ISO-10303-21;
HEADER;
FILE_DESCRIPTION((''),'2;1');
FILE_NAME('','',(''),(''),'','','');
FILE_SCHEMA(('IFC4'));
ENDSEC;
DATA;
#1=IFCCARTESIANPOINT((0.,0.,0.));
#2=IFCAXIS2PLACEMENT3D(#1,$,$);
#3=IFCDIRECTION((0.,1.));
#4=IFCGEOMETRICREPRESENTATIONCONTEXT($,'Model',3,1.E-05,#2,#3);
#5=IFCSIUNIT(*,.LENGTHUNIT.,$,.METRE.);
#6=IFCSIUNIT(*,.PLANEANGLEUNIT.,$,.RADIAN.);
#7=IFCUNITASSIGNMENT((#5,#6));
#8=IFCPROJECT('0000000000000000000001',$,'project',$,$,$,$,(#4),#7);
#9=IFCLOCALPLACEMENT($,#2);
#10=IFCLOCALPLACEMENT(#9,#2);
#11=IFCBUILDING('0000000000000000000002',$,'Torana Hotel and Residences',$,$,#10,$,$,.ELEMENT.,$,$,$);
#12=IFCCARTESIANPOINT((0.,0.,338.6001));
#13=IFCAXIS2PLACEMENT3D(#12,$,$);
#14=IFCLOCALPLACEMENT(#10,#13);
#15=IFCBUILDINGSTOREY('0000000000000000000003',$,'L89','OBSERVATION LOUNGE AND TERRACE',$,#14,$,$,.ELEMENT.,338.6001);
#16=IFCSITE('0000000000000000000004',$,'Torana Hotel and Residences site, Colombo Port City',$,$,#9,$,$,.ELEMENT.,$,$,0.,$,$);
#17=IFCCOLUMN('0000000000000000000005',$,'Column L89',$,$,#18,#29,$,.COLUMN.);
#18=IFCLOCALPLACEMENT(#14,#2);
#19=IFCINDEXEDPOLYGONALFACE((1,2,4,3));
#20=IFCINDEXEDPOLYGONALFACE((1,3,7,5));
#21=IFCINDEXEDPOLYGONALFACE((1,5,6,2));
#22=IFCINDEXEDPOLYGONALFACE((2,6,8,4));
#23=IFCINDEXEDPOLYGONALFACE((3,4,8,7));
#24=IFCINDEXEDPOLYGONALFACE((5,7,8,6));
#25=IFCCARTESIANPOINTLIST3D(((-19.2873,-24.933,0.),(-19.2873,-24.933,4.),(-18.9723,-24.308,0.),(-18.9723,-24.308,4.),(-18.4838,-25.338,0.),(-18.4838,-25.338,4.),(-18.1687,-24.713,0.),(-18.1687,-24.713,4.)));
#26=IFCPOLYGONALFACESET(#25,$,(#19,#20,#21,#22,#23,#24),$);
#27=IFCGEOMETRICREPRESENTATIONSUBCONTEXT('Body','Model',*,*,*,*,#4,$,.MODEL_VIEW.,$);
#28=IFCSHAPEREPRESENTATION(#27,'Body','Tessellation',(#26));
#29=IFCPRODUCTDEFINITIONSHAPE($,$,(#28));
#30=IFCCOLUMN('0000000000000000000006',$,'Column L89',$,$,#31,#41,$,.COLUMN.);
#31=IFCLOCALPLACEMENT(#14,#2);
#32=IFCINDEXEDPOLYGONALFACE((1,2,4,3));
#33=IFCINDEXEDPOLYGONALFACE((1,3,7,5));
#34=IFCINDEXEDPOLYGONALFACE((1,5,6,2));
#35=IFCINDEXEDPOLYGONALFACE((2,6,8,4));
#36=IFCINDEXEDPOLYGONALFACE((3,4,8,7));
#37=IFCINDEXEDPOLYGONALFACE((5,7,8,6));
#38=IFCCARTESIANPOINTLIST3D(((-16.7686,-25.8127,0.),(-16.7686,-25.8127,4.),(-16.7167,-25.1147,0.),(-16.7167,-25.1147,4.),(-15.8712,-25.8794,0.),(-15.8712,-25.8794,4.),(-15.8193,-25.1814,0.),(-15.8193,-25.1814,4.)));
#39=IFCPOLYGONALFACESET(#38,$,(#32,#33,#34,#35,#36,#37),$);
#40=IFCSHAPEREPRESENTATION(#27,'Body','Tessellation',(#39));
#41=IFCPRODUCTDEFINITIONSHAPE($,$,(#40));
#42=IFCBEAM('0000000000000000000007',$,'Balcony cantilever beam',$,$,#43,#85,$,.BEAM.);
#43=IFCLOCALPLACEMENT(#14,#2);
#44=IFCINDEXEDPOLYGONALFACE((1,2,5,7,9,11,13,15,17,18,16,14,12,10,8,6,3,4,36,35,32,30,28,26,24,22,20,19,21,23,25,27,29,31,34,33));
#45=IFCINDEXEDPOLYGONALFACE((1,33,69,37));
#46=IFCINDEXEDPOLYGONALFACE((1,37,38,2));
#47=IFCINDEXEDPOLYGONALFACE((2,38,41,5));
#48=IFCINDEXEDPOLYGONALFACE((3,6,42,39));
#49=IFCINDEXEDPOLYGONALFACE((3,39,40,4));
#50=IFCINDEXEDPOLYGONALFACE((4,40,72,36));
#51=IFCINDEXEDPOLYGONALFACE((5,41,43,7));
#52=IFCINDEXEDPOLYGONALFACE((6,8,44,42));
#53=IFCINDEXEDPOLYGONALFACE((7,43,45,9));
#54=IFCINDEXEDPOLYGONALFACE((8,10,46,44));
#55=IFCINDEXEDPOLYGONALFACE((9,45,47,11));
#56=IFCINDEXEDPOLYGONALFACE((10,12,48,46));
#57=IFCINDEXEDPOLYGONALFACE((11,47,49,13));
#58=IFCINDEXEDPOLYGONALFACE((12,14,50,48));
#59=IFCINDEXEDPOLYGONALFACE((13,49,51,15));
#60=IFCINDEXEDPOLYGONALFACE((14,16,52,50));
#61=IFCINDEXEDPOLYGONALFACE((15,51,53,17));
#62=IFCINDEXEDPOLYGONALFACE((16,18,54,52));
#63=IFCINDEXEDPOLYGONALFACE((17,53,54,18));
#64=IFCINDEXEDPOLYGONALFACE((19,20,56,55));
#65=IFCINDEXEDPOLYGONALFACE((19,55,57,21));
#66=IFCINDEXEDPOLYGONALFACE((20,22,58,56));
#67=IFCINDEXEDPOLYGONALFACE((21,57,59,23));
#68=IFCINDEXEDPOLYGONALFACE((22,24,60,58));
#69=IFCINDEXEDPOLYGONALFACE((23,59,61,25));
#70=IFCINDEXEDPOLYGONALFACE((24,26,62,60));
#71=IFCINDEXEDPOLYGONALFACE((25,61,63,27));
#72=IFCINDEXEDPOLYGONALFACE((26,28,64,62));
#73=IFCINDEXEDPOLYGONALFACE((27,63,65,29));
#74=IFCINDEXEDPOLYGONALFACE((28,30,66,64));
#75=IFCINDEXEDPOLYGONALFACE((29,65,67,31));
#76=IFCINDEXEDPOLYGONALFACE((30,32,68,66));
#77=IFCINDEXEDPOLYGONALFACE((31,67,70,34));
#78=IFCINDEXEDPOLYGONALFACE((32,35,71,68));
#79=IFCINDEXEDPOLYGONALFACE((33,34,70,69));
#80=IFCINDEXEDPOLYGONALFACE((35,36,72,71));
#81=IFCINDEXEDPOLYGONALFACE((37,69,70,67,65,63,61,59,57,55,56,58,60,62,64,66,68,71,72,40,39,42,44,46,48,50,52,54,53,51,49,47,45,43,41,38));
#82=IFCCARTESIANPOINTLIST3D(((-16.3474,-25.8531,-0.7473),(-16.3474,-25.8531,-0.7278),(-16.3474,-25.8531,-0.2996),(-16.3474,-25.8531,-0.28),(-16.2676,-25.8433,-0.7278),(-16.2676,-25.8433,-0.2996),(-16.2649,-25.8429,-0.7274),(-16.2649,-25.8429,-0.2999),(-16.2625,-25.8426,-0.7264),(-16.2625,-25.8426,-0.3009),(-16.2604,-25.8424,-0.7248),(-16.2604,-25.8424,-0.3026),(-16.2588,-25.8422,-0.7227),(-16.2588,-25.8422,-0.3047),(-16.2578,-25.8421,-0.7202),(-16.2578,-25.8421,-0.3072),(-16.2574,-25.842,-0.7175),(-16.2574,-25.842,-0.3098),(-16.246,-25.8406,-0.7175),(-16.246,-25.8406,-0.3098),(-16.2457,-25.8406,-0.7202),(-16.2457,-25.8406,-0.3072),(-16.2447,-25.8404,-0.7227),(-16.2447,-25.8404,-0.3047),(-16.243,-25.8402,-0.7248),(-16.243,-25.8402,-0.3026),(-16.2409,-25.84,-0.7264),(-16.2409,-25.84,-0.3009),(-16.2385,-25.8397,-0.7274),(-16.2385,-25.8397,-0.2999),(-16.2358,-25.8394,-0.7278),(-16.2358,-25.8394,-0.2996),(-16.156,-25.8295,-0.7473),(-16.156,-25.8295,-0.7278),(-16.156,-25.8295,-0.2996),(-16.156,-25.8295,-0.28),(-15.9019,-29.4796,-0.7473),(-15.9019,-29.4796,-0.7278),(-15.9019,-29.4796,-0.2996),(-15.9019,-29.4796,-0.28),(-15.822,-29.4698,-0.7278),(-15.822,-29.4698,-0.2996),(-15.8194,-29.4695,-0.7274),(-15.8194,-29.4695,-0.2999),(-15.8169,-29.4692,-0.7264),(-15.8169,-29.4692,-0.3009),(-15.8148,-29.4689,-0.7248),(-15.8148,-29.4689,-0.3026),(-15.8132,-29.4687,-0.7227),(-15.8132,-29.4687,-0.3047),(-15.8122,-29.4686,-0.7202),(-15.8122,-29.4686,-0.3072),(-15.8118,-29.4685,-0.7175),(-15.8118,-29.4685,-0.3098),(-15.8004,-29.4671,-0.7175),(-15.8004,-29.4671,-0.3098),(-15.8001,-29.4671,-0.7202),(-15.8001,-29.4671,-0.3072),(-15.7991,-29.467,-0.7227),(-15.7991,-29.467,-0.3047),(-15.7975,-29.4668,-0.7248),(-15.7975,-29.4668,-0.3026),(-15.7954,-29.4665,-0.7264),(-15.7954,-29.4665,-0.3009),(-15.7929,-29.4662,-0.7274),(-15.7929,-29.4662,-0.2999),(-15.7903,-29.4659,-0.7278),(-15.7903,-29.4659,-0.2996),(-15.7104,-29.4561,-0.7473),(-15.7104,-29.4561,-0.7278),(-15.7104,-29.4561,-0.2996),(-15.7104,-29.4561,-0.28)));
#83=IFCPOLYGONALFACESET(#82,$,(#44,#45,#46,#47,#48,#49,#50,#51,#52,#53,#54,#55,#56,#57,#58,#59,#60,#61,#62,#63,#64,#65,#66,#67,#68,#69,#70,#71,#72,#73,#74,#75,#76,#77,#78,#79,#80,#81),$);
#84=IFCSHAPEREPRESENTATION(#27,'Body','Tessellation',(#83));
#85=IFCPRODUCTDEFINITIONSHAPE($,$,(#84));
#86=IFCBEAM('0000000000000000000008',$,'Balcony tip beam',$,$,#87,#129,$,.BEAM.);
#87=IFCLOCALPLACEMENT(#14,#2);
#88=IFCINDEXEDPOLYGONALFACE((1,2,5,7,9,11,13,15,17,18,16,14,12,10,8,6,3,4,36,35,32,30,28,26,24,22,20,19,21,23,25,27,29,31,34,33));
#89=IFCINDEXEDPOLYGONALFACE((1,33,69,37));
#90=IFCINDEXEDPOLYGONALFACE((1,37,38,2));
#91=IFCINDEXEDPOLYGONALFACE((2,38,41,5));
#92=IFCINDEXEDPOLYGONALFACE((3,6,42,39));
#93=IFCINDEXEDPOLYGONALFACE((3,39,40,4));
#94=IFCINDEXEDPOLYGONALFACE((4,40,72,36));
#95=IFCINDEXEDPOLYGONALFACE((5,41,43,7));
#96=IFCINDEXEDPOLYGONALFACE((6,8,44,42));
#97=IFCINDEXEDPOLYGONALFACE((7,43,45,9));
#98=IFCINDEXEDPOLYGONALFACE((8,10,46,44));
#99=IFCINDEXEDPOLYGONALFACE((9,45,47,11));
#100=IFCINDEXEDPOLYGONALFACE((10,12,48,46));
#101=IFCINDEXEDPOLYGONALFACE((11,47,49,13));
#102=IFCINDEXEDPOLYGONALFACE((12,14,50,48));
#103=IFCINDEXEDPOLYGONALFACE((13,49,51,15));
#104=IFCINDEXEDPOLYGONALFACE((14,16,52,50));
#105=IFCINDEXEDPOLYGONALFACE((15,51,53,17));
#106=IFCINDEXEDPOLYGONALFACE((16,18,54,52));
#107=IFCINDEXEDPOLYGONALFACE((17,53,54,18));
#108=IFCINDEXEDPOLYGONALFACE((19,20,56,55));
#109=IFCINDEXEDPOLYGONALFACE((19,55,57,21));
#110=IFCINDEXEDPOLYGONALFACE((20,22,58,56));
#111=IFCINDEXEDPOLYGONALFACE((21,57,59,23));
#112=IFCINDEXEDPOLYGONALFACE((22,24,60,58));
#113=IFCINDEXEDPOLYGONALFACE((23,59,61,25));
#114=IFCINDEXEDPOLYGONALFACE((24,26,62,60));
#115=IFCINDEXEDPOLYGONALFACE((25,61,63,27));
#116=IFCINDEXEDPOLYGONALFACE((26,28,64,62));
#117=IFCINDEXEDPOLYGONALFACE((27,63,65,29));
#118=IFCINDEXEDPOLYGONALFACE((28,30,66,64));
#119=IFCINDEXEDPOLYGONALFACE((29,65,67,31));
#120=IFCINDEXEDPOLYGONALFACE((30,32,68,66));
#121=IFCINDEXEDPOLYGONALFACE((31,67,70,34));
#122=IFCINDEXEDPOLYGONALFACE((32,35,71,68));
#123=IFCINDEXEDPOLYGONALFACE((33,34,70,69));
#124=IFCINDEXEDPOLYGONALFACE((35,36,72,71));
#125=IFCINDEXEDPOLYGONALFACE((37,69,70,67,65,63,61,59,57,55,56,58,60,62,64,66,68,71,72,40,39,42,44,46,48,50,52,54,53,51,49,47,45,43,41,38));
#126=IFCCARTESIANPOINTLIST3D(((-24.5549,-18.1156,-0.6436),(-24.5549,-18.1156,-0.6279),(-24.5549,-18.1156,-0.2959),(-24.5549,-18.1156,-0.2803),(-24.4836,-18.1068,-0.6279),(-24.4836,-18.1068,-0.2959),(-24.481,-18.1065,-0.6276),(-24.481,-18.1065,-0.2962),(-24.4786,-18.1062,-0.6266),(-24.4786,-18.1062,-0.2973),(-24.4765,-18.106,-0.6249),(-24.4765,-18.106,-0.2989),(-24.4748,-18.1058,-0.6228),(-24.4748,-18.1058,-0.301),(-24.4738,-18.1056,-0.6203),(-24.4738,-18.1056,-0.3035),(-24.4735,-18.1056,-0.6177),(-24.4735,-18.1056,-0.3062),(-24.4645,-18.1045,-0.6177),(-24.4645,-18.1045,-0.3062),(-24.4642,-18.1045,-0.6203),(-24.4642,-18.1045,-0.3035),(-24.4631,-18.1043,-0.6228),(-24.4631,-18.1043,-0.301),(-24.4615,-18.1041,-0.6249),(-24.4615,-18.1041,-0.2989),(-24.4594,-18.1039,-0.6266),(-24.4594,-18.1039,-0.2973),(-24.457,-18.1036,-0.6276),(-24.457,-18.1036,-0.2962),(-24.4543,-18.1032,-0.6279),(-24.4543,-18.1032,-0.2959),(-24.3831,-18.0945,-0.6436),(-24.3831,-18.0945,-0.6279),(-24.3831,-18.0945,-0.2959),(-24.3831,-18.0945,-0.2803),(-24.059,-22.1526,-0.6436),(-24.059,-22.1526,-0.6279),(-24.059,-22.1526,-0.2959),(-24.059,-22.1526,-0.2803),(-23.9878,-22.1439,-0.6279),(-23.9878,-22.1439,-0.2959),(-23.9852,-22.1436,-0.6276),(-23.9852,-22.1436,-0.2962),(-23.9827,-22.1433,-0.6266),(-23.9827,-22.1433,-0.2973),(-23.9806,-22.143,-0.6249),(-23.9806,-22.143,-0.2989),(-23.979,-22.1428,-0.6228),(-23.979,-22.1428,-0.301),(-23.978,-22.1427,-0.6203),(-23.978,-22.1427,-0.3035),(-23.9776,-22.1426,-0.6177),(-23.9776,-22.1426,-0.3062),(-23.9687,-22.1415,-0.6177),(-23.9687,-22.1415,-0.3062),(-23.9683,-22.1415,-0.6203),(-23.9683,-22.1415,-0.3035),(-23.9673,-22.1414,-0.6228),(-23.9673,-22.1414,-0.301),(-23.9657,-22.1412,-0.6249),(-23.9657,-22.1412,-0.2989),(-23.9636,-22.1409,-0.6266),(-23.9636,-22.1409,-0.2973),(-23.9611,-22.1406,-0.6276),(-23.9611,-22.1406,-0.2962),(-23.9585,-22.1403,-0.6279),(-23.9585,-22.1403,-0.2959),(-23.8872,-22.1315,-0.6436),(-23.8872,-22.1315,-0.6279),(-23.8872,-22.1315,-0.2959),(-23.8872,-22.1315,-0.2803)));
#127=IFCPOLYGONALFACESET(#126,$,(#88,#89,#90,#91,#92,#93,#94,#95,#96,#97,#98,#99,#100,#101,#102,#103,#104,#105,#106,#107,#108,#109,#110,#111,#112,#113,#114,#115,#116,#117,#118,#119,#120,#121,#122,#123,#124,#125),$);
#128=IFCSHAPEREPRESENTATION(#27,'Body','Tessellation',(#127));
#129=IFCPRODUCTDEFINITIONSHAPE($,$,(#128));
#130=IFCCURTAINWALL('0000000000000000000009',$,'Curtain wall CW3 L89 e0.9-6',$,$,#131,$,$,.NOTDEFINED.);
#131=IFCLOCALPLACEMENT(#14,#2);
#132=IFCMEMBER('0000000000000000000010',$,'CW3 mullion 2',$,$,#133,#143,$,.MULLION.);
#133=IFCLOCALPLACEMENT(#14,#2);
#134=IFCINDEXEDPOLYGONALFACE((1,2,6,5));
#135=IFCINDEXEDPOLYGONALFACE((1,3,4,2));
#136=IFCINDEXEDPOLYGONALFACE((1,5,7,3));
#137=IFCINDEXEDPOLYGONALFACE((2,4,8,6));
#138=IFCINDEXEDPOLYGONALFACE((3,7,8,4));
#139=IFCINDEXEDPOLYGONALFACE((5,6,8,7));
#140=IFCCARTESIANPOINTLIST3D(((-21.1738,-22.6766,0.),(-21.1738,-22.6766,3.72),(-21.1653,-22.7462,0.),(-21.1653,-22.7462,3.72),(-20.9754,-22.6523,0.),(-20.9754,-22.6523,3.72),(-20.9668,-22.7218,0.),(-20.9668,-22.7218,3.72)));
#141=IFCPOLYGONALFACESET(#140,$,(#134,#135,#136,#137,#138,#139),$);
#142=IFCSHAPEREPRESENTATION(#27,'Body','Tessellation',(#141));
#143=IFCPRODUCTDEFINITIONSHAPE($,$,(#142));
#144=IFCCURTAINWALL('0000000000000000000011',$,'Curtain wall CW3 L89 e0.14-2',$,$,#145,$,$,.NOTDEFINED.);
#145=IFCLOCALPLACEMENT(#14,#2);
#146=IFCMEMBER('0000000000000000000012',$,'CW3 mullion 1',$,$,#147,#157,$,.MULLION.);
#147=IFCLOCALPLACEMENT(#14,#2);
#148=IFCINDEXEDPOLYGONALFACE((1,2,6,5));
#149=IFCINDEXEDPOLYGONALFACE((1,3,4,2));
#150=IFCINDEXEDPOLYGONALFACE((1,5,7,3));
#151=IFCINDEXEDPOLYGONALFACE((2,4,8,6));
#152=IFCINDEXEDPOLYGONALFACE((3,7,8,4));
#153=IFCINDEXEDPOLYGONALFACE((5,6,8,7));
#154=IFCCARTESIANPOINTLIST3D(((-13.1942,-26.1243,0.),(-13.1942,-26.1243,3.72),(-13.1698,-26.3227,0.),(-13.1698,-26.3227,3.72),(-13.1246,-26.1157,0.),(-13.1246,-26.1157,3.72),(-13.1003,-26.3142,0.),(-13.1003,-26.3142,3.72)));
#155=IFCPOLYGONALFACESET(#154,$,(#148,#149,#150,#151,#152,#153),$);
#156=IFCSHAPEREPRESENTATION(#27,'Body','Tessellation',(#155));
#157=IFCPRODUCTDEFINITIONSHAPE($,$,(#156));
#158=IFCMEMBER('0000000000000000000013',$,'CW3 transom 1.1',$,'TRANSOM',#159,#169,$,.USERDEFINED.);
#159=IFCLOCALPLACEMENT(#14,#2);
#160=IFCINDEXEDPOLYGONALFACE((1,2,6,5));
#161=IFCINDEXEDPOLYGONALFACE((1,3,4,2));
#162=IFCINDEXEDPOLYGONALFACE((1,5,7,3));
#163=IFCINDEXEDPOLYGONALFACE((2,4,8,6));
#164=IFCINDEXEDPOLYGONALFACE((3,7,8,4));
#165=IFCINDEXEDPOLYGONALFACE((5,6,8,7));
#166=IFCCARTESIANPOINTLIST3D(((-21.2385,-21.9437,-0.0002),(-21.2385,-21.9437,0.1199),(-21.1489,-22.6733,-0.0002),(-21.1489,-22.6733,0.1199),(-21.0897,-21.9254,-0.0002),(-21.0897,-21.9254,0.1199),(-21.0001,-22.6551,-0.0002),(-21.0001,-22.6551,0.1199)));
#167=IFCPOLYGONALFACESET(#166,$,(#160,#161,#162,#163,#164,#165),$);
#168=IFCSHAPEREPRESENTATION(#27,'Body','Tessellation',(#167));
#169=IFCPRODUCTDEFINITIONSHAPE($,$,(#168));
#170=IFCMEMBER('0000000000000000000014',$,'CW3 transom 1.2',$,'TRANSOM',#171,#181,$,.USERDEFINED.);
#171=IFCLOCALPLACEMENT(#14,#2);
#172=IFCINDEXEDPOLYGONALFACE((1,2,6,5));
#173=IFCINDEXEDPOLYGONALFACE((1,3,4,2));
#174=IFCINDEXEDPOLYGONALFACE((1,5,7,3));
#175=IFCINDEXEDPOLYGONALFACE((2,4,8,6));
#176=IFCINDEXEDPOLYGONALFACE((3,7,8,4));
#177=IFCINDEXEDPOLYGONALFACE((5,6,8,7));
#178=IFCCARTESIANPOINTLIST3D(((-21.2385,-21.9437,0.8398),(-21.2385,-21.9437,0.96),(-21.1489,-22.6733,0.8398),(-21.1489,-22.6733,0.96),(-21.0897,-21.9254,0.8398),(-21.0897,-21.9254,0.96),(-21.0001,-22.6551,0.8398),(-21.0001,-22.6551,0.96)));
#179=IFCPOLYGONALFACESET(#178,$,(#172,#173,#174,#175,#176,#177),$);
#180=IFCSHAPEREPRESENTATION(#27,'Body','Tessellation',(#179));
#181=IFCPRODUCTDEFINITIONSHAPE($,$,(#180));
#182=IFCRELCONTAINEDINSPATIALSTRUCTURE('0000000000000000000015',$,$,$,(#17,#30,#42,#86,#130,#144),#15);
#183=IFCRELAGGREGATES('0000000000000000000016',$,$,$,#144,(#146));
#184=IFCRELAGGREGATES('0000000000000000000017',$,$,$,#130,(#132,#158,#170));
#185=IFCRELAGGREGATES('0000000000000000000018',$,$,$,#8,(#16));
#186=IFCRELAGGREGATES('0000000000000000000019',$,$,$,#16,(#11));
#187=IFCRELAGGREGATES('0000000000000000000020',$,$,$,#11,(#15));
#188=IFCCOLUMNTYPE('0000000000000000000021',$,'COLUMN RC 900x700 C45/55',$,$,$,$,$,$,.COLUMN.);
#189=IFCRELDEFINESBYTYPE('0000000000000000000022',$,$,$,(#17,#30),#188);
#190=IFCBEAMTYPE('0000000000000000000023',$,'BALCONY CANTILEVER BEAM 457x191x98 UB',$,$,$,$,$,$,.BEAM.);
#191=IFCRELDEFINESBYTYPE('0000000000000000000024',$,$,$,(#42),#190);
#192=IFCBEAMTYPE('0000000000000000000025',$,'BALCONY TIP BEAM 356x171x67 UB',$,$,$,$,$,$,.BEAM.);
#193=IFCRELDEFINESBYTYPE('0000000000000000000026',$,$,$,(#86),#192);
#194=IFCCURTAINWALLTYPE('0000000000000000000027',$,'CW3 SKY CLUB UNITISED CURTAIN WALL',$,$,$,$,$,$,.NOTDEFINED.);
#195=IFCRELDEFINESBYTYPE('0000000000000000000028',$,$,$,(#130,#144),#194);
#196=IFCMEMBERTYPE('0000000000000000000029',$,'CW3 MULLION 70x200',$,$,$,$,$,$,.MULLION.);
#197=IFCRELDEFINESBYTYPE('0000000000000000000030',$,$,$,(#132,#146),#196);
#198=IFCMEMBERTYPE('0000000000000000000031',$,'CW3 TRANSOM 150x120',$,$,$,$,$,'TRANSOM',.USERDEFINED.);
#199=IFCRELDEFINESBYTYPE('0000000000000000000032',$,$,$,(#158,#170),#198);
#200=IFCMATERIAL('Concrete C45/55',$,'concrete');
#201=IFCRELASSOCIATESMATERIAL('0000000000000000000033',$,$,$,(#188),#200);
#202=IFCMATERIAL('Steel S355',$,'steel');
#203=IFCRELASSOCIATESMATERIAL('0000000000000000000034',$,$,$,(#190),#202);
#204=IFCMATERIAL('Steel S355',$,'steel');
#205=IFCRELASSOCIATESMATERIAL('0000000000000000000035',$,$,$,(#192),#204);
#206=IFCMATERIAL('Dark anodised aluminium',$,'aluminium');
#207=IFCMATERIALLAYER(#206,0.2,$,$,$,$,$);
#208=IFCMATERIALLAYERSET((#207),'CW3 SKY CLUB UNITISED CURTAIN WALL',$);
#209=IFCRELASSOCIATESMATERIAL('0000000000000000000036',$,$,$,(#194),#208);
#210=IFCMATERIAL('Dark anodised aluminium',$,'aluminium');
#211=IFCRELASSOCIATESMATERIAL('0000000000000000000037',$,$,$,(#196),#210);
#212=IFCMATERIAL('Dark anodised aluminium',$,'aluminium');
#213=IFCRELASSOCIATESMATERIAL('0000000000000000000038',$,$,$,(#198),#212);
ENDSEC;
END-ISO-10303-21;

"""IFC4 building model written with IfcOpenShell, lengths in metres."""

from ifc_helpers import new_model, si_unit, direction, frame, origin, origin_2d, place, context, subcontext, project, spatial, rectangle, i_section, extrude, material, layer, layer_set, material_profile, profile_set, type_object, element, aggregate, save


model = new_model("IFC4")

# Units and contexts
model_context = context("Model", 3, precision=1e-05, world=origin(), true_north=direction((0.0, 1.0)))
body_context = subcontext(model_context, "Body", "Model", "MODEL_VIEW")
ifc_project = project(units=[si_unit("LENGTHUNIT", "METRE"), si_unit("PLANEANGLEUNIT", "RADIAN")], contexts=[model_context])

# Site, building, storey
site_placement = place(None, origin())
site = spatial("IfcSite", under=ifc_project, at=site_placement, Name="Torana Hotel and Residences site, Colombo Port City", CompositionType="ELEMENT", RefElevation=0.0)
building_placement = place(site_placement, origin())
building = spatial("IfcBuilding", under=site, at=building_placement, Name="Torana Hotel and Residences", CompositionType="ELEMENT")
storey_placement = place(building_placement, frame((0.0, 0.0, 338.6001)))
storey = spatial("IfcBuildingStorey", under=building, at=storey_placement, Name="L89", Description="OBSERVATION LOUNGE AND TERRACE", CompositionType="ELEMENT", Elevation=338.6001)

# Columns
ifc_material_1 = material(Name="Concrete C45/55", Category="concrete")
ifc_material_profile_1 = material_profile(ifc_material_1, rectangle(XDim=0.8999, YDim=0.7, at=origin_2d()), Name="RC 900x700")
ifc_profile_set_1 = profile_set([ifc_material_profile_1], Name="Concrete C45/55")
column_type = type_object("IfcColumnType", Name="COLUMN RC 900x700 C45/55", PredefinedType="COLUMN", material=ifc_profile_set_1)
for number, where, z_axis, x_axis, name in (
    (1, (-18.728, -24.823, 0.0), (0.0, 0.0, 1.0), (-0.892979, 0.450098, 0.0), "Column L89"),
    (2, (-16.2939, -25.4971, 0.0), (0.0, 0.0, 1.0), (-0.997251, 0.074091, 0.0), "Column L89"),
):
    element("IfcColumn", number, at=place(storey_placement, frame(where, z_axis=z_axis, x_axis=x_axis)), inside=storey, type_object=column_type, Name=name, PredefinedType="COLUMN", context=body_context, shape_type="SweptSolid", body=[
        extrude(rectangle(XDim=0.8999, YDim=0.7, at=origin_2d()), origin(), (0.0, 0.0, 1.0), 4.0),
    ])

# Beams
ifc_material_2 = material(Name="Steel S355", Category="steel")
ifc_material_profile_2 = material_profile(ifc_material_2, i_section(OverallWidth=0.1929, OverallDepth=0.4673, WebThickness=0.0115, FlangeThickness=0.0195, FilletRadius=0.0103, at=origin_2d()), Name="457x191x98 UB")
ifc_profile_set_2 = profile_set([ifc_material_profile_2], Name="Steel S355")
beam_type_1 = type_object("IfcBeamType", Name="BALCONY CANTILEVER BEAM 457x191x98 UB", PredefinedType="BEAM", material=ifc_profile_set_2)
beam_1_placement = place(storey_placement, frame((-16.2517, -25.8413, -0.5137), z_axis=(0.121946, -0.992537, 0.0), x_axis=(0.992537, 0.121946, 0.0)))
element("IfcBeam", 3, at=beam_1_placement, inside=storey, type_object=beam_type_1, Name="Balcony cantilever beam", PredefinedType="BEAM", context=body_context, shape_type="SweptSolid", body=[
    extrude(i_section(OverallWidth=0.1929, OverallDepth=0.4673, WebThickness=0.0115, FlangeThickness=0.0195, FilletRadius=0.0103, at=origin_2d()), origin(), (0.0, 0.0, 1.0), 3.6538),
])
ifc_material_3 = material(Name="Steel S355", Category="steel")
ifc_material_profile_3 = material_profile(ifc_material_3, i_section(OverallWidth=0.1731, OverallDepth=0.3633, WebThickness=0.009, FlangeThickness=0.0156, FilletRadius=0.0103, at=origin_2d()), Name="356x171x67 UB")
ifc_profile_set_3 = profile_set([ifc_material_profile_3], Name="Steel S355")
beam_type_2 = type_object("IfcBeamType", Name="BALCONY TIP BEAM 356x171x67 UB", PredefinedType="BEAM", material=ifc_profile_set_3)
beam_2_placement = place(storey_placement, frame((-23.9731, -22.1421, -0.4619), z_axis=(-0.121907, 0.992542, 0.0), x_axis=(-0.992542, -0.121907, 0.0)))
element("IfcBeam", 4, at=beam_2_placement, inside=storey, type_object=beam_type_2, Name="Balcony tip beam", PredefinedType="BEAM", context=body_context, shape_type="SweptSolid", body=[
    extrude(i_section(OverallWidth=0.1731, OverallDepth=0.3633, WebThickness=0.009, FlangeThickness=0.0156, FilletRadius=0.0103, at=origin_2d()), origin(), (0.0, 0.0, 1.0), 4.0674),
])

# Curtain walls, members
ifc_material_4 = material(Name="Dark anodised aluminium", Category="aluminium")
ifc_layer_1 = layer(ifc_material_4, 0.2)
ifc_layer_set_1 = layer_set([ifc_layer_1], Name="CW3 SKY CLUB UNITISED CURTAIN WALL")
curtain_wall_type = type_object("IfcCurtainWallType", Name="CW3 SKY CLUB UNITISED CURTAIN WALL", PredefinedType="NOTDEFINED", material=ifc_layer_set_1)
curtain_wall_1_placement = place(storey_placement, origin())
curtain_wall_1 = element("IfcCurtainWall", 5, at=curtain_wall_1_placement, inside=storey, type_object=curtain_wall_type, Name="Curtain wall CW3 L89 e0.9-6", PredefinedType="NOTDEFINED")
ifc_material_5 = material(Name="Dark anodised aluminium", Category="aluminium")
ifc_material_profile_4 = material_profile(ifc_material_5, rectangle(XDim=0.2, YDim=0.0701, at=origin_2d()), Name="CW3 MULLION 70x200")
ifc_profile_set_4 = profile_set([ifc_material_profile_4], Name="Dark anodised aluminium")
member_type_1 = type_object("IfcMemberType", Name="CW3 MULLION 70x200", PredefinedType="MULLION", material=ifc_profile_set_4)
member_1_placement = place(storey_placement, frame((-21.0703, -22.6992, 0.0), z_axis=(0.0, 0.0, 1.0), x_axis=(0.992544, 0.121883, 0.0)))
member_1 = element("IfcMember", 6, at=member_1_placement, type_object=member_type_1, Name="CW3 mullion 2", PredefinedType="MULLION", context=body_context, shape_type="SweptSolid", body=[
    extrude(rectangle(XDim=0.2, YDim=0.0701, at=origin_2d()), origin(), (0.0, 0.0, 1.0), 3.72),
])
curtain_wall_2_placement = place(storey_placement, origin())
curtain_wall_2 = element("IfcCurtainWall", 7, at=curtain_wall_2_placement, inside=storey, type_object=curtain_wall_type, Name="Curtain wall CW3 L89 e0.14-2", PredefinedType="NOTDEFINED")
member_2_placement = place(storey_placement, frame((-13.1472, -26.2192, 0.0), z_axis=(0.0, 0.0, 1.0), x_axis=(-0.121868, 0.992546, 0.0)))
member_2 = element("IfcMember", 8, at=member_2_placement, type_object=member_type_1, Name="CW3 mullion 1", PredefinedType="MULLION", context=body_context, shape_type="SweptSolid", body=[
    extrude(rectangle(XDim=0.2, YDim=0.0701, at=origin_2d()), origin(), (0.0, 0.0, 1.0), 3.72),
])

# Members
ifc_material_6 = material(Name="Dark anodised aluminium", Category="aluminium")
ifc_material_profile_5 = material_profile(ifc_material_6, rectangle(XDim=0.1499, YDim=0.1201, at=origin_2d()), Name="CW3 TRANSOM 150x120")
ifc_profile_set_5 = profile_set([ifc_material_profile_5], Name="Dark anodised aluminium")
member_type_2 = type_object("IfcMemberType", Name="CW3 TRANSOM 150x120", ElementType="TRANSOM", PredefinedType="USERDEFINED", material=ifc_profile_set_5)
member_3_placement = place(storey_placement, frame((-21.1641, -21.9346, 0.0598), z_axis=(0.121868, -0.992546, 0.0), x_axis=(0.992546, 0.121868, 0.0)))
member_3 = element("IfcMember", 9, at=member_3_placement, type_object=member_type_2, Name="CW3 transom 1.1", ObjectType="TRANSOM", PredefinedType="USERDEFINED", context=body_context, shape_type="SweptSolid", body=[
    extrude(rectangle(XDim=0.1499, YDim=0.1201, at=origin_2d()), origin(), (0.0, 0.0, 1.0), 0.7351),
])
member_4_placement = place(storey_placement, frame((-21.1641, -21.9346, 0.8999), z_axis=(0.121868, -0.992546, 0.0), x_axis=(0.992546, 0.121868, 0.0)))
member_4 = element("IfcMember", 10, at=member_4_placement, type_object=member_type_2, Name="CW3 transom 1.2", ObjectType="TRANSOM", PredefinedType="USERDEFINED", context=body_context, shape_type="SweptSolid", body=[
    extrude(rectangle(XDim=0.1499, YDim=0.1201, at=origin_2d()), origin(), (0.0, 0.0, 1.0), 0.7351),
])
aggregate(curtain_wall_2, [member_2])

aggregate(curtain_wall_1, [member_1, member_3, member_4])

save(model, "model.ifc")
